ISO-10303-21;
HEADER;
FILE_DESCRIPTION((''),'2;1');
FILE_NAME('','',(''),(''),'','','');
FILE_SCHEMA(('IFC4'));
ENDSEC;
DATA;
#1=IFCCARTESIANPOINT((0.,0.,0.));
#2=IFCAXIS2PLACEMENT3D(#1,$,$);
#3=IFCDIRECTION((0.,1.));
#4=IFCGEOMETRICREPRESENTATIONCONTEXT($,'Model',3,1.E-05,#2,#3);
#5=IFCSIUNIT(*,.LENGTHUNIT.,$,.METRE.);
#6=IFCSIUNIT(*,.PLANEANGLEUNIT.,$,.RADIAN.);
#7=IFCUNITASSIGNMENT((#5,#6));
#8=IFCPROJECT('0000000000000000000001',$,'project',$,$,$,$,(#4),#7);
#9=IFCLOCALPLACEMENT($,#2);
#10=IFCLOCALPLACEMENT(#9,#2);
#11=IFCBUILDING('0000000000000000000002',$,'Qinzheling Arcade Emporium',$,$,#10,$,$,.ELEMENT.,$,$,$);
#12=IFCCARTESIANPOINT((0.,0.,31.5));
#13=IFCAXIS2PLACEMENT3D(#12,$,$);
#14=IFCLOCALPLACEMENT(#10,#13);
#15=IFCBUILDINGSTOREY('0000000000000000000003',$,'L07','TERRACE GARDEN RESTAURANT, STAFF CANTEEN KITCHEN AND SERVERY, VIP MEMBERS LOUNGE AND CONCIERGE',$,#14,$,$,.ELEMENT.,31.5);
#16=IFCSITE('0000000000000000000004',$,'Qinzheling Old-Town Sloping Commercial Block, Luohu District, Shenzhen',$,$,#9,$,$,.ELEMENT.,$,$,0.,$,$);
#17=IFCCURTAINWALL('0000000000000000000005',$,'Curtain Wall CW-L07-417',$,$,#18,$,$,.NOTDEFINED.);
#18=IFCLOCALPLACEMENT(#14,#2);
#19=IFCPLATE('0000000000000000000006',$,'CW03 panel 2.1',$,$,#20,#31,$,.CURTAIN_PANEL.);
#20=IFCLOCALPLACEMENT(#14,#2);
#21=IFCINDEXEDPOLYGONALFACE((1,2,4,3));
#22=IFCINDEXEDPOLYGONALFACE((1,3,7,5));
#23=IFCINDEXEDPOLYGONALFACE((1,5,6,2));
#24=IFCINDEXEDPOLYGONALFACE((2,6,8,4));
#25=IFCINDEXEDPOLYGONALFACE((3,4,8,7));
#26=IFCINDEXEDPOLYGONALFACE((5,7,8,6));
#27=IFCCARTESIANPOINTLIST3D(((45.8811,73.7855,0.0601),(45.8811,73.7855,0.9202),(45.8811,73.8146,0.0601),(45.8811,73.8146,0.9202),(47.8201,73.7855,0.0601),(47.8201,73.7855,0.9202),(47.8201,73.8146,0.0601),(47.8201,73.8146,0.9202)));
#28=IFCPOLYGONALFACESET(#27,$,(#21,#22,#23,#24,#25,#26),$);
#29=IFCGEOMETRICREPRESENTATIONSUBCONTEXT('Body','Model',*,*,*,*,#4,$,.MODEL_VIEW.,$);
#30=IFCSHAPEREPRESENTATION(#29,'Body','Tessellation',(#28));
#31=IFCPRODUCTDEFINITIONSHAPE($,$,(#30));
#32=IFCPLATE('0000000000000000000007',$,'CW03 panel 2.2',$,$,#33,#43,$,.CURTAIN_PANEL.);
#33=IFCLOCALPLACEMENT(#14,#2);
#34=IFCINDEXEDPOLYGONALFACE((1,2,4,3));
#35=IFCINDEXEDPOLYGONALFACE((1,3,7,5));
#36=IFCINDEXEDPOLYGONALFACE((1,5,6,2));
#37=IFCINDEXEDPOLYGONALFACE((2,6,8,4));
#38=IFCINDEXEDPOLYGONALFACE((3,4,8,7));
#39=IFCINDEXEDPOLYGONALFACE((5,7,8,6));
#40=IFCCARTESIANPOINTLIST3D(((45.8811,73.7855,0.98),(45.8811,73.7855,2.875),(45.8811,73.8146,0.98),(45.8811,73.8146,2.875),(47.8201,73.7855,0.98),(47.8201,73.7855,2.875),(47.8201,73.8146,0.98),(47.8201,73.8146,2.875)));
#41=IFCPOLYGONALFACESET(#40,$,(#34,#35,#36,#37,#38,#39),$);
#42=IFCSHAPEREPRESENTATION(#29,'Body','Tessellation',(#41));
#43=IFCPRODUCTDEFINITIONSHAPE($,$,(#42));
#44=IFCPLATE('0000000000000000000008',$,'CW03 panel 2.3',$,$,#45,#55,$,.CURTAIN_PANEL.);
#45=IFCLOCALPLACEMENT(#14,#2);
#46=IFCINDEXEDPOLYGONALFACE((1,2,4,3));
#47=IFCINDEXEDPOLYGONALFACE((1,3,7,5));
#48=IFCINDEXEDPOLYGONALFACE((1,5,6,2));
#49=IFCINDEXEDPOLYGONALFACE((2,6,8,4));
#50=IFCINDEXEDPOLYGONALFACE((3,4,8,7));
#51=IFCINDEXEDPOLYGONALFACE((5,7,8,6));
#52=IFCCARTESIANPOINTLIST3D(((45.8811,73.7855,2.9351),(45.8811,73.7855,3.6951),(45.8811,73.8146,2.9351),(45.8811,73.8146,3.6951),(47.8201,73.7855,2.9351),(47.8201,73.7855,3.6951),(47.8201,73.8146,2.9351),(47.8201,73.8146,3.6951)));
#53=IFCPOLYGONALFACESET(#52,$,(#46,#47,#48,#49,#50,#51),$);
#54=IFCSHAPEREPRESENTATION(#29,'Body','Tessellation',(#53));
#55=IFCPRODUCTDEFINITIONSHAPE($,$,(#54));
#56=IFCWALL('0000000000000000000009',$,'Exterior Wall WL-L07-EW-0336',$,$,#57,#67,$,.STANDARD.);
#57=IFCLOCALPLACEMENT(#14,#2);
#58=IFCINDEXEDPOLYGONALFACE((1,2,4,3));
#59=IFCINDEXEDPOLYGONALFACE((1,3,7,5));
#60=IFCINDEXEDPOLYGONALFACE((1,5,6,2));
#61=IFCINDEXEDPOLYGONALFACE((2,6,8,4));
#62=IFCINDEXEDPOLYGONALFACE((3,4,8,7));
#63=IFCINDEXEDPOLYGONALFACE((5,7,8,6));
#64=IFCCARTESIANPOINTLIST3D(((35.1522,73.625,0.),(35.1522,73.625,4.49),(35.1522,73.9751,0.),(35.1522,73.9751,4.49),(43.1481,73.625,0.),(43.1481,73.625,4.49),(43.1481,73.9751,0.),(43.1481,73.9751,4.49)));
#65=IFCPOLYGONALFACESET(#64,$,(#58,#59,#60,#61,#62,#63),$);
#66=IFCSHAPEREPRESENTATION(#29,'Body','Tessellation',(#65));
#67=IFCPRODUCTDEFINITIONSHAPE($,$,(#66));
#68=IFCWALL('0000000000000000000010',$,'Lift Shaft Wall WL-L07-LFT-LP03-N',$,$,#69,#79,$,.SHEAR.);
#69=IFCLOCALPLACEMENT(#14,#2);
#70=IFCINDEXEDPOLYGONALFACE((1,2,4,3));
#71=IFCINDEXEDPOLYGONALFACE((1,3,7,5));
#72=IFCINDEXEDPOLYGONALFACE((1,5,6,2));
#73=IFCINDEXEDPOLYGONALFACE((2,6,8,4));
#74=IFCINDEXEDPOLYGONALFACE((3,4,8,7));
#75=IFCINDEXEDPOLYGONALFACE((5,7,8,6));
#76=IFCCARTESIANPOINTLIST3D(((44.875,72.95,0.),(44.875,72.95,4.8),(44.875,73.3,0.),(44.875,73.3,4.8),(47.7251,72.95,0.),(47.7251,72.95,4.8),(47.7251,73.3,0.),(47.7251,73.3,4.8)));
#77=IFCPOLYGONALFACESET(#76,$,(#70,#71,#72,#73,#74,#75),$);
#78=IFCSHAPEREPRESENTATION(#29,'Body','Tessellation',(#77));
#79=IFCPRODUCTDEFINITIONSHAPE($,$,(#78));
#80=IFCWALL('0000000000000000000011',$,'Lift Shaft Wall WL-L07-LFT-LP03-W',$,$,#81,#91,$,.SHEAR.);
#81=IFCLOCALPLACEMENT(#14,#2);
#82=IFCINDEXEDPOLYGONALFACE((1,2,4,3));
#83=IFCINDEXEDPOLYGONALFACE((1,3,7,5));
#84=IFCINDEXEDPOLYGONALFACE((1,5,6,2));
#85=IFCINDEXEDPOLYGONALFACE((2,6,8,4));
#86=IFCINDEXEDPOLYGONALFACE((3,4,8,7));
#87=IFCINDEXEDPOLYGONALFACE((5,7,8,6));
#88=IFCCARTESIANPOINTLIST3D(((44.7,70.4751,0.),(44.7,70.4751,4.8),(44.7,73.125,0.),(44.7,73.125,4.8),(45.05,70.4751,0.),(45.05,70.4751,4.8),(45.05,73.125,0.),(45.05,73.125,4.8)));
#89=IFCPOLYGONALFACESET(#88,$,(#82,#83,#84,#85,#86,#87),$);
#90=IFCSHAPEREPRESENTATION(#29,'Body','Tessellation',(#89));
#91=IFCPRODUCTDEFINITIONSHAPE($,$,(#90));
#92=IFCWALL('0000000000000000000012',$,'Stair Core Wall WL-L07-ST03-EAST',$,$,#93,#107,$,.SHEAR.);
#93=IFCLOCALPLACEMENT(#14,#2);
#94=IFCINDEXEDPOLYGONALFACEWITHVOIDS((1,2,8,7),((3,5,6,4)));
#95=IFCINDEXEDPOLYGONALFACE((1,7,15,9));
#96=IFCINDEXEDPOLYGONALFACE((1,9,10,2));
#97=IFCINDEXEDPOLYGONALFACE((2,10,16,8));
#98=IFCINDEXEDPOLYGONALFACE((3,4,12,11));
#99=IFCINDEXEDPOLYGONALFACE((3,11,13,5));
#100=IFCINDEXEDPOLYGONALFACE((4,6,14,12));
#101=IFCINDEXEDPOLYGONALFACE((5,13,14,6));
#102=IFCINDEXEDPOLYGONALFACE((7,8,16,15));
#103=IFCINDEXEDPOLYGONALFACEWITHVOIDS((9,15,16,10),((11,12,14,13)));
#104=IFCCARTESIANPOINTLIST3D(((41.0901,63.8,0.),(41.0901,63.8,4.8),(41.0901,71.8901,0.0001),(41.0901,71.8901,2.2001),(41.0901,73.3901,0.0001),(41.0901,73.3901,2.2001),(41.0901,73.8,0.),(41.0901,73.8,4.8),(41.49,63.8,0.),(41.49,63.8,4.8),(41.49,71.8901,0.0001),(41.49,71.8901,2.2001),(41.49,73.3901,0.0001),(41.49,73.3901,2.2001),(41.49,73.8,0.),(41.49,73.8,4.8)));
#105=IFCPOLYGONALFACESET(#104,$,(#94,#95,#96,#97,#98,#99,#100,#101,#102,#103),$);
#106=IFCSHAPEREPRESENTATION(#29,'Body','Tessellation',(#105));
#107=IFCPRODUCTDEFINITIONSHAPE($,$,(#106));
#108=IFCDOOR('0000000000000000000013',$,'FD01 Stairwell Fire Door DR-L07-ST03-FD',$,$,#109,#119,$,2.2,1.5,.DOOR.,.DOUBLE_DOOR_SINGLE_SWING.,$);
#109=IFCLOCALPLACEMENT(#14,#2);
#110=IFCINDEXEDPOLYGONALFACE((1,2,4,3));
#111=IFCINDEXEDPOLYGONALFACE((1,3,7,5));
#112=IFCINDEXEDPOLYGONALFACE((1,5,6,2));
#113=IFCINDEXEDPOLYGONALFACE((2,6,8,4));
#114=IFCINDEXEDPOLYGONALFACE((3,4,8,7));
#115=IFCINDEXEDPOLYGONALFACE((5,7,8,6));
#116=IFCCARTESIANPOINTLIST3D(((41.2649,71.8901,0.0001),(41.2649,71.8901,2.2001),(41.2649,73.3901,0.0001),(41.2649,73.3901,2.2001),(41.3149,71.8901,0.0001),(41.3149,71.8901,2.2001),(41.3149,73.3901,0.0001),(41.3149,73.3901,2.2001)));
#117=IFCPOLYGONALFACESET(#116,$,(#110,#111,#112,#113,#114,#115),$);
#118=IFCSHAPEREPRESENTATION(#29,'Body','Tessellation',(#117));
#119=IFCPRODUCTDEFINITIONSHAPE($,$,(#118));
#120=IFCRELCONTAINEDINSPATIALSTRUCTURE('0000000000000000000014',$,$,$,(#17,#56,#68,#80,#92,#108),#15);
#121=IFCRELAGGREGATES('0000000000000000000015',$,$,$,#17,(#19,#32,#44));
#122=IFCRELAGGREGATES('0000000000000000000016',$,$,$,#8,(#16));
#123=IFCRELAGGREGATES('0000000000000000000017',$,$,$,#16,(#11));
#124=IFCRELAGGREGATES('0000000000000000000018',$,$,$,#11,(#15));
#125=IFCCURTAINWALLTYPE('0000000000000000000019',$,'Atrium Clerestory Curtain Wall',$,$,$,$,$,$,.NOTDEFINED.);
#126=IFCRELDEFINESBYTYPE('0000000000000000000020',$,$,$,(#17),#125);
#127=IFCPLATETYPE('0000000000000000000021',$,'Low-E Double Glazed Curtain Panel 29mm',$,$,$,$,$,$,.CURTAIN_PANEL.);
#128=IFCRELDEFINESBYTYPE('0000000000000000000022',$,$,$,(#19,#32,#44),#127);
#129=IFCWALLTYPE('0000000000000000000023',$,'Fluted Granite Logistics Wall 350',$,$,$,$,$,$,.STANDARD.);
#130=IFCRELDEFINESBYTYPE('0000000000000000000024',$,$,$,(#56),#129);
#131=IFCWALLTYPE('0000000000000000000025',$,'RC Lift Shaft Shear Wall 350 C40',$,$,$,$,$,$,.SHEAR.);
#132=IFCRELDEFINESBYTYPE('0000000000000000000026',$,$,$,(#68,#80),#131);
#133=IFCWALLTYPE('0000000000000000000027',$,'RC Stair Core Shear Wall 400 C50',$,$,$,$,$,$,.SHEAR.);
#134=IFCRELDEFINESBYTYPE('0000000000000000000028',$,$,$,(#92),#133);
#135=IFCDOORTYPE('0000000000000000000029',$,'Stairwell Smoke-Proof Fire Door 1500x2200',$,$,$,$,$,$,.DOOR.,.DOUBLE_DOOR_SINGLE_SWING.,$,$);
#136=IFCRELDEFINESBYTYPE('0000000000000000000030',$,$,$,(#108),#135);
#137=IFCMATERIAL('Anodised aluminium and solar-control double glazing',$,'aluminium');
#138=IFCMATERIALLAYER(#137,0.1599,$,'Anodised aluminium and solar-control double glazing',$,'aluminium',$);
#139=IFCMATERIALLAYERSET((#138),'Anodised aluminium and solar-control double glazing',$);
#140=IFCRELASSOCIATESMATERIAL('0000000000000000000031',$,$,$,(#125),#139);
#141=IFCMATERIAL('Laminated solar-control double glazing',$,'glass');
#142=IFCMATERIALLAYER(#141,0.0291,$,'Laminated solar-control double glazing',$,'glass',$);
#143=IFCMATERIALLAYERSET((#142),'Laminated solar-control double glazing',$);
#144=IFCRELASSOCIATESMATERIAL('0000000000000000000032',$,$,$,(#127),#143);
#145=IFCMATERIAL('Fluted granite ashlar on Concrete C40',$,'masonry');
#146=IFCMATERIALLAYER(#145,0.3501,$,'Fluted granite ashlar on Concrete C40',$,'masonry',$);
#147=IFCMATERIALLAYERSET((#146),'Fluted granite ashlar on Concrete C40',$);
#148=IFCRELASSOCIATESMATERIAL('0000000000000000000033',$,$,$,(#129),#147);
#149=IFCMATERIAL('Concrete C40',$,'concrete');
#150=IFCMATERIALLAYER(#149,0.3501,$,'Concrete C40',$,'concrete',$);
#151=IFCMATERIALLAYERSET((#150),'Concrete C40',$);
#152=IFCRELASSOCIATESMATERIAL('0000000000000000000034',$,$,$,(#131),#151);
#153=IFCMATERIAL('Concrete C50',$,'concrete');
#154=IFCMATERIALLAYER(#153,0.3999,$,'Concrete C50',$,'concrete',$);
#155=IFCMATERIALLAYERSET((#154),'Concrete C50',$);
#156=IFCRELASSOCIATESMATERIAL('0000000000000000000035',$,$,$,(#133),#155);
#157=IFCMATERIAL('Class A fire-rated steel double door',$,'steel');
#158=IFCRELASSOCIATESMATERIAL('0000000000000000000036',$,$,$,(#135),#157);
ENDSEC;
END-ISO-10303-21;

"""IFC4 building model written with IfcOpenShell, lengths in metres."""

from ifc_helpers import new_model, si_unit, direction, frame, frame_2d, origin, origin_2d, place, context, subcontext, project, spatial, rectangle, extrude, material, layer, layer_set, type_object, element, fill, aggregate, save


model = new_model("IFC4")

# Units and contexts
model_context = context("Model", 3, precision=1e-05, world=origin(), true_north=direction((0.0, 1.0)))
body_context = subcontext(model_context, "Body", "Model", "MODEL_VIEW")
ifc_project = project(units=[si_unit("LENGTHUNIT", "METRE"), si_unit("PLANEANGLEUNIT", "RADIAN")], contexts=[model_context])

# Site, building, storey
site_placement = place(None, origin())
site = spatial("IfcSite", under=ifc_project, at=site_placement, Name="Qinzheling Old-Town Sloping Commercial Block, Luohu District, Shenzhen", CompositionType="ELEMENT", RefElevation=0.0)
building_placement = place(site_placement, origin())
building = spatial("IfcBuilding", under=site, at=building_placement, Name="Qinzheling Arcade Emporium", CompositionType="ELEMENT")
storey_placement = place(building_placement, frame((0.0, 0.0, 31.5)))
storey = spatial("IfcBuildingStorey", under=building, at=storey_placement, Name="L07", Description="TERRACE GARDEN RESTAURANT, STAFF CANTEEN KITCHEN AND SERVERY, VIP MEMBERS LOUNGE AND CONCIERGE", CompositionType="ELEMENT", Elevation=31.5)

# Shared definitions
ifc_material_1 = material(Name="Concrete C40", Category="concrete")

# Curtain wall
ifc_material_2 = material(Name="Anodised aluminium and solar-control double glazing", Category="aluminium")
ifc_layer_1 = layer(ifc_material_2, 0.1599, Name="Anodised aluminium and solar-control double glazing", Category="aluminium")
ifc_layer_set_1 = layer_set([ifc_layer_1], Name="Anodised aluminium and solar-control double glazing")
curtain_wall_type = type_object("IfcCurtainWallType", Name="Atrium Clerestory Curtain Wall", PredefinedType="NOTDEFINED", material=ifc_layer_set_1)
curtain_wall_placement = place(storey_placement, origin())
curtain_wall = element("IfcCurtainWall", 1, at=curtain_wall_placement, inside=storey, type_object=curtain_wall_type, Name="Curtain Wall CW-L07-417", PredefinedType="NOTDEFINED")

# Plates
ifc_material_3 = material(Name="Laminated solar-control double glazing", Category="glass")
ifc_layer_2 = layer(ifc_material_3, 0.0291, Name="Laminated solar-control double glazing", Category="glass")
ifc_layer_set_2 = layer_set([ifc_layer_2], Name="Laminated solar-control double glazing")
plate_type = type_object("IfcPlateType", Name="Low-E Double Glazed Curtain Panel 29mm", PredefinedType="CURTAIN_PANEL", material=ifc_layer_set_2)
plate_1_placement = place(storey_placement, frame((46.8506, 73.8, 0.0601), z_axis=(0.0, 0.0, 1.0), x_axis=(1.0, 0.0, 0.0)))
plate_1 = element("IfcPlate", 2, at=plate_1_placement, type_object=plate_type, Name="CW03 panel 2.1", PredefinedType="CURTAIN_PANEL", context=body_context, shape_type="SweptSolid", body=[
    extrude(rectangle(XDim=1.939, YDim=0.0291, at=origin_2d()), origin(), (0.0, 0.0, 1.0), 0.8601),
])
plate_2_placement = place(storey_placement, frame((46.8506, 73.8, 0.98), z_axis=(0.0, 0.0, 1.0), x_axis=(1.0, 0.0, 0.0)))
plate_2 = element("IfcPlate", 3, at=plate_2_placement, type_object=plate_type, Name="CW03 panel 2.2", PredefinedType="CURTAIN_PANEL", context=body_context, shape_type="SweptSolid", body=[
    extrude(rectangle(XDim=1.939, YDim=0.0291, at=origin_2d()), origin(), (0.0, 0.0, 1.0), 1.895),
])
plate_3_placement = place(storey_placement, frame((46.8506, 73.8, 2.9351), z_axis=(0.0, 0.0, 1.0), x_axis=(1.0, 0.0, 0.0)))
plate_3 = element("IfcPlate", 4, at=plate_3_placement, type_object=plate_type, Name="CW03 panel 2.3", PredefinedType="CURTAIN_PANEL", context=body_context, shape_type="SweptSolid", body=[
    extrude(rectangle(XDim=1.939, YDim=0.0291, at=origin_2d()), origin(), (0.0, 0.0, 1.0), 0.76),
])
aggregate(curtain_wall, [plate_1, plate_2, plate_3])

# Walls
ifc_material_4 = material(Name="Fluted granite ashlar on Concrete C40", Category="masonry")
ifc_layer_3 = layer(ifc_material_4, 0.3501, Name="Fluted granite ashlar on Concrete C40", Category="masonry")
ifc_layer_set_3 = layer_set([ifc_layer_3], Name="Fluted granite ashlar on Concrete C40")
wall_type_1 = type_object("IfcWallType", Name="Fluted Granite Logistics Wall 350", PredefinedType="STANDARD", material=ifc_layer_set_3)
wall_1_placement = place(storey_placement, frame((35.1521, 73.8, 0.0), z_axis=(0.0, 0.0, 1.0), x_axis=(1.0, 0.0, 0.0)))
element("IfcWall", 5, at=wall_1_placement, inside=storey, type_object=wall_type_1, Name="Exterior Wall WL-L07-EW-0336", PredefinedType="STANDARD", context=body_context, shape_type="SweptSolid", body=[
    extrude(rectangle(XDim=7.9958, YDim=0.3501, at=frame_2d((3.998, 0.0))), origin(), (0.0, 0.0, 1.0), 4.49),
])
ifc_layer_4 = layer(ifc_material_1, 0.3501, Name="Concrete C40", Category="concrete")
ifc_layer_set_4 = layer_set([ifc_layer_4], Name="Concrete C40")
wall_type_2 = type_object("IfcWallType", Name="RC Lift Shaft Shear Wall 350 C40", PredefinedType="SHEAR", material=ifc_layer_set_4)
wall_2_placement = place(storey_placement, frame((44.875, 73.125, 0.0), z_axis=(0.0, 0.0, 1.0), x_axis=(1.0, 0.0, 0.0)))
element("IfcWall", 6, at=wall_2_placement, inside=storey, type_object=wall_type_2, Name="Lift Shaft Wall WL-L07-LFT-LP03-N", PredefinedType="SHEAR", context=body_context, shape_type="SweptSolid", body=[
    extrude(rectangle(XDim=2.8501, YDim=0.3501, at=frame_2d((1.425, 0.0))), origin(), (0.0, 0.0, 1.0), 4.8),
])
wall_3_placement = place(storey_placement, frame((44.875, 70.4751, 0.0), z_axis=(0.0, 0.0, 1.0), x_axis=(0.0, 1.0, 0.0)))
element("IfcWall", 7, at=wall_3_placement, inside=storey, type_object=wall_type_2, Name="Lift Shaft Wall WL-L07-LFT-LP03-W", PredefinedType="SHEAR", context=body_context, shape_type="SweptSolid", body=[
    extrude(rectangle(XDim=2.6499, YDim=0.3501, at=frame_2d((1.325, 0.0))), origin(), (0.0, 0.0, 1.0), 4.8),
])

# Wall, opening, door
ifc_material_5 = material(Name="Concrete C50", Category="concrete")
ifc_layer_5 = layer(ifc_material_5, 0.3999, Name="Concrete C50", Category="concrete")
ifc_layer_set_5 = layer_set([ifc_layer_5], Name="Concrete C50")
wall_type_3 = type_object("IfcWallType", Name="RC Stair Core Shear Wall 400 C50", PredefinedType="SHEAR", material=ifc_layer_set_5)
wall_4_placement = place(storey_placement, frame((41.29, 73.8, 0.0), z_axis=(0.0, 0.0, 1.0), x_axis=(0.0, -1.0, 0.0)))
wall_4 = element("IfcWall", 8, at=wall_4_placement, inside=storey, type_object=wall_type_3, Name="Stair Core Wall WL-L07-ST03-EAST", PredefinedType="SHEAR", context=body_context, shape_type="SweptSolid", body=[
    extrude(rectangle(XDim=10.0, YDim=0.3999, at=frame_2d((5.0, 0.0))), origin(), (0.0, 0.0, 1.0), 4.8),
])
opening_placement = place(wall_4_placement, frame((0.4099, 0.0, 0.0)))
opening = element("IfcOpeningElement", 9, at=opening_placement, cuts=wall_4, PredefinedType="OPENING", context=body_context, shape_type="SweptSolid", body=[
    extrude(rectangle(XDim=1.5, YDim=2.2, at=frame_2d((0.75, 1.1001))), frame((0.0, 0.21, 0.0), z_axis=(0.0, -1.0, 0.0), x_axis=(1.0, 0.0, 0.0)), (0.0, 0.0, 1.0), 0.4199),
])
ifc_material_6 = material(Name="Class A fire-rated steel double door", Category="steel")
door_type = type_object("IfcDoorType", Name="Stairwell Smoke-Proof Fire Door 1500x2200", OperationType="DOUBLE_DOOR_SINGLE_SWING", PredefinedType="DOOR", material=ifc_material_6)
door_placement = place(opening_placement, origin())
door = element("IfcDoor", 10, at=door_placement, inside=storey, type_object=door_type, Name="FD01 Stairwell Fire Door DR-L07-ST03-FD", OperationType="DOUBLE_DOOR_SINGLE_SWING", OverallHeight=2.2, OverallWidth=1.5, PredefinedType="DOOR", context=body_context, shape_type="SweptSolid", body=[
    extrude(rectangle(XDim=1.5, YDim=2.2, at=frame_2d((0.75, 1.1001))), frame((0.0, 0.0249, 0.0), z_axis=(0.0, -1.0, 0.0), x_axis=(1.0, 0.0, 0.0)), (0.0, 0.0, 1.0), 0.05),
])
fill(opening, door)

save(model, "model.ifc")
